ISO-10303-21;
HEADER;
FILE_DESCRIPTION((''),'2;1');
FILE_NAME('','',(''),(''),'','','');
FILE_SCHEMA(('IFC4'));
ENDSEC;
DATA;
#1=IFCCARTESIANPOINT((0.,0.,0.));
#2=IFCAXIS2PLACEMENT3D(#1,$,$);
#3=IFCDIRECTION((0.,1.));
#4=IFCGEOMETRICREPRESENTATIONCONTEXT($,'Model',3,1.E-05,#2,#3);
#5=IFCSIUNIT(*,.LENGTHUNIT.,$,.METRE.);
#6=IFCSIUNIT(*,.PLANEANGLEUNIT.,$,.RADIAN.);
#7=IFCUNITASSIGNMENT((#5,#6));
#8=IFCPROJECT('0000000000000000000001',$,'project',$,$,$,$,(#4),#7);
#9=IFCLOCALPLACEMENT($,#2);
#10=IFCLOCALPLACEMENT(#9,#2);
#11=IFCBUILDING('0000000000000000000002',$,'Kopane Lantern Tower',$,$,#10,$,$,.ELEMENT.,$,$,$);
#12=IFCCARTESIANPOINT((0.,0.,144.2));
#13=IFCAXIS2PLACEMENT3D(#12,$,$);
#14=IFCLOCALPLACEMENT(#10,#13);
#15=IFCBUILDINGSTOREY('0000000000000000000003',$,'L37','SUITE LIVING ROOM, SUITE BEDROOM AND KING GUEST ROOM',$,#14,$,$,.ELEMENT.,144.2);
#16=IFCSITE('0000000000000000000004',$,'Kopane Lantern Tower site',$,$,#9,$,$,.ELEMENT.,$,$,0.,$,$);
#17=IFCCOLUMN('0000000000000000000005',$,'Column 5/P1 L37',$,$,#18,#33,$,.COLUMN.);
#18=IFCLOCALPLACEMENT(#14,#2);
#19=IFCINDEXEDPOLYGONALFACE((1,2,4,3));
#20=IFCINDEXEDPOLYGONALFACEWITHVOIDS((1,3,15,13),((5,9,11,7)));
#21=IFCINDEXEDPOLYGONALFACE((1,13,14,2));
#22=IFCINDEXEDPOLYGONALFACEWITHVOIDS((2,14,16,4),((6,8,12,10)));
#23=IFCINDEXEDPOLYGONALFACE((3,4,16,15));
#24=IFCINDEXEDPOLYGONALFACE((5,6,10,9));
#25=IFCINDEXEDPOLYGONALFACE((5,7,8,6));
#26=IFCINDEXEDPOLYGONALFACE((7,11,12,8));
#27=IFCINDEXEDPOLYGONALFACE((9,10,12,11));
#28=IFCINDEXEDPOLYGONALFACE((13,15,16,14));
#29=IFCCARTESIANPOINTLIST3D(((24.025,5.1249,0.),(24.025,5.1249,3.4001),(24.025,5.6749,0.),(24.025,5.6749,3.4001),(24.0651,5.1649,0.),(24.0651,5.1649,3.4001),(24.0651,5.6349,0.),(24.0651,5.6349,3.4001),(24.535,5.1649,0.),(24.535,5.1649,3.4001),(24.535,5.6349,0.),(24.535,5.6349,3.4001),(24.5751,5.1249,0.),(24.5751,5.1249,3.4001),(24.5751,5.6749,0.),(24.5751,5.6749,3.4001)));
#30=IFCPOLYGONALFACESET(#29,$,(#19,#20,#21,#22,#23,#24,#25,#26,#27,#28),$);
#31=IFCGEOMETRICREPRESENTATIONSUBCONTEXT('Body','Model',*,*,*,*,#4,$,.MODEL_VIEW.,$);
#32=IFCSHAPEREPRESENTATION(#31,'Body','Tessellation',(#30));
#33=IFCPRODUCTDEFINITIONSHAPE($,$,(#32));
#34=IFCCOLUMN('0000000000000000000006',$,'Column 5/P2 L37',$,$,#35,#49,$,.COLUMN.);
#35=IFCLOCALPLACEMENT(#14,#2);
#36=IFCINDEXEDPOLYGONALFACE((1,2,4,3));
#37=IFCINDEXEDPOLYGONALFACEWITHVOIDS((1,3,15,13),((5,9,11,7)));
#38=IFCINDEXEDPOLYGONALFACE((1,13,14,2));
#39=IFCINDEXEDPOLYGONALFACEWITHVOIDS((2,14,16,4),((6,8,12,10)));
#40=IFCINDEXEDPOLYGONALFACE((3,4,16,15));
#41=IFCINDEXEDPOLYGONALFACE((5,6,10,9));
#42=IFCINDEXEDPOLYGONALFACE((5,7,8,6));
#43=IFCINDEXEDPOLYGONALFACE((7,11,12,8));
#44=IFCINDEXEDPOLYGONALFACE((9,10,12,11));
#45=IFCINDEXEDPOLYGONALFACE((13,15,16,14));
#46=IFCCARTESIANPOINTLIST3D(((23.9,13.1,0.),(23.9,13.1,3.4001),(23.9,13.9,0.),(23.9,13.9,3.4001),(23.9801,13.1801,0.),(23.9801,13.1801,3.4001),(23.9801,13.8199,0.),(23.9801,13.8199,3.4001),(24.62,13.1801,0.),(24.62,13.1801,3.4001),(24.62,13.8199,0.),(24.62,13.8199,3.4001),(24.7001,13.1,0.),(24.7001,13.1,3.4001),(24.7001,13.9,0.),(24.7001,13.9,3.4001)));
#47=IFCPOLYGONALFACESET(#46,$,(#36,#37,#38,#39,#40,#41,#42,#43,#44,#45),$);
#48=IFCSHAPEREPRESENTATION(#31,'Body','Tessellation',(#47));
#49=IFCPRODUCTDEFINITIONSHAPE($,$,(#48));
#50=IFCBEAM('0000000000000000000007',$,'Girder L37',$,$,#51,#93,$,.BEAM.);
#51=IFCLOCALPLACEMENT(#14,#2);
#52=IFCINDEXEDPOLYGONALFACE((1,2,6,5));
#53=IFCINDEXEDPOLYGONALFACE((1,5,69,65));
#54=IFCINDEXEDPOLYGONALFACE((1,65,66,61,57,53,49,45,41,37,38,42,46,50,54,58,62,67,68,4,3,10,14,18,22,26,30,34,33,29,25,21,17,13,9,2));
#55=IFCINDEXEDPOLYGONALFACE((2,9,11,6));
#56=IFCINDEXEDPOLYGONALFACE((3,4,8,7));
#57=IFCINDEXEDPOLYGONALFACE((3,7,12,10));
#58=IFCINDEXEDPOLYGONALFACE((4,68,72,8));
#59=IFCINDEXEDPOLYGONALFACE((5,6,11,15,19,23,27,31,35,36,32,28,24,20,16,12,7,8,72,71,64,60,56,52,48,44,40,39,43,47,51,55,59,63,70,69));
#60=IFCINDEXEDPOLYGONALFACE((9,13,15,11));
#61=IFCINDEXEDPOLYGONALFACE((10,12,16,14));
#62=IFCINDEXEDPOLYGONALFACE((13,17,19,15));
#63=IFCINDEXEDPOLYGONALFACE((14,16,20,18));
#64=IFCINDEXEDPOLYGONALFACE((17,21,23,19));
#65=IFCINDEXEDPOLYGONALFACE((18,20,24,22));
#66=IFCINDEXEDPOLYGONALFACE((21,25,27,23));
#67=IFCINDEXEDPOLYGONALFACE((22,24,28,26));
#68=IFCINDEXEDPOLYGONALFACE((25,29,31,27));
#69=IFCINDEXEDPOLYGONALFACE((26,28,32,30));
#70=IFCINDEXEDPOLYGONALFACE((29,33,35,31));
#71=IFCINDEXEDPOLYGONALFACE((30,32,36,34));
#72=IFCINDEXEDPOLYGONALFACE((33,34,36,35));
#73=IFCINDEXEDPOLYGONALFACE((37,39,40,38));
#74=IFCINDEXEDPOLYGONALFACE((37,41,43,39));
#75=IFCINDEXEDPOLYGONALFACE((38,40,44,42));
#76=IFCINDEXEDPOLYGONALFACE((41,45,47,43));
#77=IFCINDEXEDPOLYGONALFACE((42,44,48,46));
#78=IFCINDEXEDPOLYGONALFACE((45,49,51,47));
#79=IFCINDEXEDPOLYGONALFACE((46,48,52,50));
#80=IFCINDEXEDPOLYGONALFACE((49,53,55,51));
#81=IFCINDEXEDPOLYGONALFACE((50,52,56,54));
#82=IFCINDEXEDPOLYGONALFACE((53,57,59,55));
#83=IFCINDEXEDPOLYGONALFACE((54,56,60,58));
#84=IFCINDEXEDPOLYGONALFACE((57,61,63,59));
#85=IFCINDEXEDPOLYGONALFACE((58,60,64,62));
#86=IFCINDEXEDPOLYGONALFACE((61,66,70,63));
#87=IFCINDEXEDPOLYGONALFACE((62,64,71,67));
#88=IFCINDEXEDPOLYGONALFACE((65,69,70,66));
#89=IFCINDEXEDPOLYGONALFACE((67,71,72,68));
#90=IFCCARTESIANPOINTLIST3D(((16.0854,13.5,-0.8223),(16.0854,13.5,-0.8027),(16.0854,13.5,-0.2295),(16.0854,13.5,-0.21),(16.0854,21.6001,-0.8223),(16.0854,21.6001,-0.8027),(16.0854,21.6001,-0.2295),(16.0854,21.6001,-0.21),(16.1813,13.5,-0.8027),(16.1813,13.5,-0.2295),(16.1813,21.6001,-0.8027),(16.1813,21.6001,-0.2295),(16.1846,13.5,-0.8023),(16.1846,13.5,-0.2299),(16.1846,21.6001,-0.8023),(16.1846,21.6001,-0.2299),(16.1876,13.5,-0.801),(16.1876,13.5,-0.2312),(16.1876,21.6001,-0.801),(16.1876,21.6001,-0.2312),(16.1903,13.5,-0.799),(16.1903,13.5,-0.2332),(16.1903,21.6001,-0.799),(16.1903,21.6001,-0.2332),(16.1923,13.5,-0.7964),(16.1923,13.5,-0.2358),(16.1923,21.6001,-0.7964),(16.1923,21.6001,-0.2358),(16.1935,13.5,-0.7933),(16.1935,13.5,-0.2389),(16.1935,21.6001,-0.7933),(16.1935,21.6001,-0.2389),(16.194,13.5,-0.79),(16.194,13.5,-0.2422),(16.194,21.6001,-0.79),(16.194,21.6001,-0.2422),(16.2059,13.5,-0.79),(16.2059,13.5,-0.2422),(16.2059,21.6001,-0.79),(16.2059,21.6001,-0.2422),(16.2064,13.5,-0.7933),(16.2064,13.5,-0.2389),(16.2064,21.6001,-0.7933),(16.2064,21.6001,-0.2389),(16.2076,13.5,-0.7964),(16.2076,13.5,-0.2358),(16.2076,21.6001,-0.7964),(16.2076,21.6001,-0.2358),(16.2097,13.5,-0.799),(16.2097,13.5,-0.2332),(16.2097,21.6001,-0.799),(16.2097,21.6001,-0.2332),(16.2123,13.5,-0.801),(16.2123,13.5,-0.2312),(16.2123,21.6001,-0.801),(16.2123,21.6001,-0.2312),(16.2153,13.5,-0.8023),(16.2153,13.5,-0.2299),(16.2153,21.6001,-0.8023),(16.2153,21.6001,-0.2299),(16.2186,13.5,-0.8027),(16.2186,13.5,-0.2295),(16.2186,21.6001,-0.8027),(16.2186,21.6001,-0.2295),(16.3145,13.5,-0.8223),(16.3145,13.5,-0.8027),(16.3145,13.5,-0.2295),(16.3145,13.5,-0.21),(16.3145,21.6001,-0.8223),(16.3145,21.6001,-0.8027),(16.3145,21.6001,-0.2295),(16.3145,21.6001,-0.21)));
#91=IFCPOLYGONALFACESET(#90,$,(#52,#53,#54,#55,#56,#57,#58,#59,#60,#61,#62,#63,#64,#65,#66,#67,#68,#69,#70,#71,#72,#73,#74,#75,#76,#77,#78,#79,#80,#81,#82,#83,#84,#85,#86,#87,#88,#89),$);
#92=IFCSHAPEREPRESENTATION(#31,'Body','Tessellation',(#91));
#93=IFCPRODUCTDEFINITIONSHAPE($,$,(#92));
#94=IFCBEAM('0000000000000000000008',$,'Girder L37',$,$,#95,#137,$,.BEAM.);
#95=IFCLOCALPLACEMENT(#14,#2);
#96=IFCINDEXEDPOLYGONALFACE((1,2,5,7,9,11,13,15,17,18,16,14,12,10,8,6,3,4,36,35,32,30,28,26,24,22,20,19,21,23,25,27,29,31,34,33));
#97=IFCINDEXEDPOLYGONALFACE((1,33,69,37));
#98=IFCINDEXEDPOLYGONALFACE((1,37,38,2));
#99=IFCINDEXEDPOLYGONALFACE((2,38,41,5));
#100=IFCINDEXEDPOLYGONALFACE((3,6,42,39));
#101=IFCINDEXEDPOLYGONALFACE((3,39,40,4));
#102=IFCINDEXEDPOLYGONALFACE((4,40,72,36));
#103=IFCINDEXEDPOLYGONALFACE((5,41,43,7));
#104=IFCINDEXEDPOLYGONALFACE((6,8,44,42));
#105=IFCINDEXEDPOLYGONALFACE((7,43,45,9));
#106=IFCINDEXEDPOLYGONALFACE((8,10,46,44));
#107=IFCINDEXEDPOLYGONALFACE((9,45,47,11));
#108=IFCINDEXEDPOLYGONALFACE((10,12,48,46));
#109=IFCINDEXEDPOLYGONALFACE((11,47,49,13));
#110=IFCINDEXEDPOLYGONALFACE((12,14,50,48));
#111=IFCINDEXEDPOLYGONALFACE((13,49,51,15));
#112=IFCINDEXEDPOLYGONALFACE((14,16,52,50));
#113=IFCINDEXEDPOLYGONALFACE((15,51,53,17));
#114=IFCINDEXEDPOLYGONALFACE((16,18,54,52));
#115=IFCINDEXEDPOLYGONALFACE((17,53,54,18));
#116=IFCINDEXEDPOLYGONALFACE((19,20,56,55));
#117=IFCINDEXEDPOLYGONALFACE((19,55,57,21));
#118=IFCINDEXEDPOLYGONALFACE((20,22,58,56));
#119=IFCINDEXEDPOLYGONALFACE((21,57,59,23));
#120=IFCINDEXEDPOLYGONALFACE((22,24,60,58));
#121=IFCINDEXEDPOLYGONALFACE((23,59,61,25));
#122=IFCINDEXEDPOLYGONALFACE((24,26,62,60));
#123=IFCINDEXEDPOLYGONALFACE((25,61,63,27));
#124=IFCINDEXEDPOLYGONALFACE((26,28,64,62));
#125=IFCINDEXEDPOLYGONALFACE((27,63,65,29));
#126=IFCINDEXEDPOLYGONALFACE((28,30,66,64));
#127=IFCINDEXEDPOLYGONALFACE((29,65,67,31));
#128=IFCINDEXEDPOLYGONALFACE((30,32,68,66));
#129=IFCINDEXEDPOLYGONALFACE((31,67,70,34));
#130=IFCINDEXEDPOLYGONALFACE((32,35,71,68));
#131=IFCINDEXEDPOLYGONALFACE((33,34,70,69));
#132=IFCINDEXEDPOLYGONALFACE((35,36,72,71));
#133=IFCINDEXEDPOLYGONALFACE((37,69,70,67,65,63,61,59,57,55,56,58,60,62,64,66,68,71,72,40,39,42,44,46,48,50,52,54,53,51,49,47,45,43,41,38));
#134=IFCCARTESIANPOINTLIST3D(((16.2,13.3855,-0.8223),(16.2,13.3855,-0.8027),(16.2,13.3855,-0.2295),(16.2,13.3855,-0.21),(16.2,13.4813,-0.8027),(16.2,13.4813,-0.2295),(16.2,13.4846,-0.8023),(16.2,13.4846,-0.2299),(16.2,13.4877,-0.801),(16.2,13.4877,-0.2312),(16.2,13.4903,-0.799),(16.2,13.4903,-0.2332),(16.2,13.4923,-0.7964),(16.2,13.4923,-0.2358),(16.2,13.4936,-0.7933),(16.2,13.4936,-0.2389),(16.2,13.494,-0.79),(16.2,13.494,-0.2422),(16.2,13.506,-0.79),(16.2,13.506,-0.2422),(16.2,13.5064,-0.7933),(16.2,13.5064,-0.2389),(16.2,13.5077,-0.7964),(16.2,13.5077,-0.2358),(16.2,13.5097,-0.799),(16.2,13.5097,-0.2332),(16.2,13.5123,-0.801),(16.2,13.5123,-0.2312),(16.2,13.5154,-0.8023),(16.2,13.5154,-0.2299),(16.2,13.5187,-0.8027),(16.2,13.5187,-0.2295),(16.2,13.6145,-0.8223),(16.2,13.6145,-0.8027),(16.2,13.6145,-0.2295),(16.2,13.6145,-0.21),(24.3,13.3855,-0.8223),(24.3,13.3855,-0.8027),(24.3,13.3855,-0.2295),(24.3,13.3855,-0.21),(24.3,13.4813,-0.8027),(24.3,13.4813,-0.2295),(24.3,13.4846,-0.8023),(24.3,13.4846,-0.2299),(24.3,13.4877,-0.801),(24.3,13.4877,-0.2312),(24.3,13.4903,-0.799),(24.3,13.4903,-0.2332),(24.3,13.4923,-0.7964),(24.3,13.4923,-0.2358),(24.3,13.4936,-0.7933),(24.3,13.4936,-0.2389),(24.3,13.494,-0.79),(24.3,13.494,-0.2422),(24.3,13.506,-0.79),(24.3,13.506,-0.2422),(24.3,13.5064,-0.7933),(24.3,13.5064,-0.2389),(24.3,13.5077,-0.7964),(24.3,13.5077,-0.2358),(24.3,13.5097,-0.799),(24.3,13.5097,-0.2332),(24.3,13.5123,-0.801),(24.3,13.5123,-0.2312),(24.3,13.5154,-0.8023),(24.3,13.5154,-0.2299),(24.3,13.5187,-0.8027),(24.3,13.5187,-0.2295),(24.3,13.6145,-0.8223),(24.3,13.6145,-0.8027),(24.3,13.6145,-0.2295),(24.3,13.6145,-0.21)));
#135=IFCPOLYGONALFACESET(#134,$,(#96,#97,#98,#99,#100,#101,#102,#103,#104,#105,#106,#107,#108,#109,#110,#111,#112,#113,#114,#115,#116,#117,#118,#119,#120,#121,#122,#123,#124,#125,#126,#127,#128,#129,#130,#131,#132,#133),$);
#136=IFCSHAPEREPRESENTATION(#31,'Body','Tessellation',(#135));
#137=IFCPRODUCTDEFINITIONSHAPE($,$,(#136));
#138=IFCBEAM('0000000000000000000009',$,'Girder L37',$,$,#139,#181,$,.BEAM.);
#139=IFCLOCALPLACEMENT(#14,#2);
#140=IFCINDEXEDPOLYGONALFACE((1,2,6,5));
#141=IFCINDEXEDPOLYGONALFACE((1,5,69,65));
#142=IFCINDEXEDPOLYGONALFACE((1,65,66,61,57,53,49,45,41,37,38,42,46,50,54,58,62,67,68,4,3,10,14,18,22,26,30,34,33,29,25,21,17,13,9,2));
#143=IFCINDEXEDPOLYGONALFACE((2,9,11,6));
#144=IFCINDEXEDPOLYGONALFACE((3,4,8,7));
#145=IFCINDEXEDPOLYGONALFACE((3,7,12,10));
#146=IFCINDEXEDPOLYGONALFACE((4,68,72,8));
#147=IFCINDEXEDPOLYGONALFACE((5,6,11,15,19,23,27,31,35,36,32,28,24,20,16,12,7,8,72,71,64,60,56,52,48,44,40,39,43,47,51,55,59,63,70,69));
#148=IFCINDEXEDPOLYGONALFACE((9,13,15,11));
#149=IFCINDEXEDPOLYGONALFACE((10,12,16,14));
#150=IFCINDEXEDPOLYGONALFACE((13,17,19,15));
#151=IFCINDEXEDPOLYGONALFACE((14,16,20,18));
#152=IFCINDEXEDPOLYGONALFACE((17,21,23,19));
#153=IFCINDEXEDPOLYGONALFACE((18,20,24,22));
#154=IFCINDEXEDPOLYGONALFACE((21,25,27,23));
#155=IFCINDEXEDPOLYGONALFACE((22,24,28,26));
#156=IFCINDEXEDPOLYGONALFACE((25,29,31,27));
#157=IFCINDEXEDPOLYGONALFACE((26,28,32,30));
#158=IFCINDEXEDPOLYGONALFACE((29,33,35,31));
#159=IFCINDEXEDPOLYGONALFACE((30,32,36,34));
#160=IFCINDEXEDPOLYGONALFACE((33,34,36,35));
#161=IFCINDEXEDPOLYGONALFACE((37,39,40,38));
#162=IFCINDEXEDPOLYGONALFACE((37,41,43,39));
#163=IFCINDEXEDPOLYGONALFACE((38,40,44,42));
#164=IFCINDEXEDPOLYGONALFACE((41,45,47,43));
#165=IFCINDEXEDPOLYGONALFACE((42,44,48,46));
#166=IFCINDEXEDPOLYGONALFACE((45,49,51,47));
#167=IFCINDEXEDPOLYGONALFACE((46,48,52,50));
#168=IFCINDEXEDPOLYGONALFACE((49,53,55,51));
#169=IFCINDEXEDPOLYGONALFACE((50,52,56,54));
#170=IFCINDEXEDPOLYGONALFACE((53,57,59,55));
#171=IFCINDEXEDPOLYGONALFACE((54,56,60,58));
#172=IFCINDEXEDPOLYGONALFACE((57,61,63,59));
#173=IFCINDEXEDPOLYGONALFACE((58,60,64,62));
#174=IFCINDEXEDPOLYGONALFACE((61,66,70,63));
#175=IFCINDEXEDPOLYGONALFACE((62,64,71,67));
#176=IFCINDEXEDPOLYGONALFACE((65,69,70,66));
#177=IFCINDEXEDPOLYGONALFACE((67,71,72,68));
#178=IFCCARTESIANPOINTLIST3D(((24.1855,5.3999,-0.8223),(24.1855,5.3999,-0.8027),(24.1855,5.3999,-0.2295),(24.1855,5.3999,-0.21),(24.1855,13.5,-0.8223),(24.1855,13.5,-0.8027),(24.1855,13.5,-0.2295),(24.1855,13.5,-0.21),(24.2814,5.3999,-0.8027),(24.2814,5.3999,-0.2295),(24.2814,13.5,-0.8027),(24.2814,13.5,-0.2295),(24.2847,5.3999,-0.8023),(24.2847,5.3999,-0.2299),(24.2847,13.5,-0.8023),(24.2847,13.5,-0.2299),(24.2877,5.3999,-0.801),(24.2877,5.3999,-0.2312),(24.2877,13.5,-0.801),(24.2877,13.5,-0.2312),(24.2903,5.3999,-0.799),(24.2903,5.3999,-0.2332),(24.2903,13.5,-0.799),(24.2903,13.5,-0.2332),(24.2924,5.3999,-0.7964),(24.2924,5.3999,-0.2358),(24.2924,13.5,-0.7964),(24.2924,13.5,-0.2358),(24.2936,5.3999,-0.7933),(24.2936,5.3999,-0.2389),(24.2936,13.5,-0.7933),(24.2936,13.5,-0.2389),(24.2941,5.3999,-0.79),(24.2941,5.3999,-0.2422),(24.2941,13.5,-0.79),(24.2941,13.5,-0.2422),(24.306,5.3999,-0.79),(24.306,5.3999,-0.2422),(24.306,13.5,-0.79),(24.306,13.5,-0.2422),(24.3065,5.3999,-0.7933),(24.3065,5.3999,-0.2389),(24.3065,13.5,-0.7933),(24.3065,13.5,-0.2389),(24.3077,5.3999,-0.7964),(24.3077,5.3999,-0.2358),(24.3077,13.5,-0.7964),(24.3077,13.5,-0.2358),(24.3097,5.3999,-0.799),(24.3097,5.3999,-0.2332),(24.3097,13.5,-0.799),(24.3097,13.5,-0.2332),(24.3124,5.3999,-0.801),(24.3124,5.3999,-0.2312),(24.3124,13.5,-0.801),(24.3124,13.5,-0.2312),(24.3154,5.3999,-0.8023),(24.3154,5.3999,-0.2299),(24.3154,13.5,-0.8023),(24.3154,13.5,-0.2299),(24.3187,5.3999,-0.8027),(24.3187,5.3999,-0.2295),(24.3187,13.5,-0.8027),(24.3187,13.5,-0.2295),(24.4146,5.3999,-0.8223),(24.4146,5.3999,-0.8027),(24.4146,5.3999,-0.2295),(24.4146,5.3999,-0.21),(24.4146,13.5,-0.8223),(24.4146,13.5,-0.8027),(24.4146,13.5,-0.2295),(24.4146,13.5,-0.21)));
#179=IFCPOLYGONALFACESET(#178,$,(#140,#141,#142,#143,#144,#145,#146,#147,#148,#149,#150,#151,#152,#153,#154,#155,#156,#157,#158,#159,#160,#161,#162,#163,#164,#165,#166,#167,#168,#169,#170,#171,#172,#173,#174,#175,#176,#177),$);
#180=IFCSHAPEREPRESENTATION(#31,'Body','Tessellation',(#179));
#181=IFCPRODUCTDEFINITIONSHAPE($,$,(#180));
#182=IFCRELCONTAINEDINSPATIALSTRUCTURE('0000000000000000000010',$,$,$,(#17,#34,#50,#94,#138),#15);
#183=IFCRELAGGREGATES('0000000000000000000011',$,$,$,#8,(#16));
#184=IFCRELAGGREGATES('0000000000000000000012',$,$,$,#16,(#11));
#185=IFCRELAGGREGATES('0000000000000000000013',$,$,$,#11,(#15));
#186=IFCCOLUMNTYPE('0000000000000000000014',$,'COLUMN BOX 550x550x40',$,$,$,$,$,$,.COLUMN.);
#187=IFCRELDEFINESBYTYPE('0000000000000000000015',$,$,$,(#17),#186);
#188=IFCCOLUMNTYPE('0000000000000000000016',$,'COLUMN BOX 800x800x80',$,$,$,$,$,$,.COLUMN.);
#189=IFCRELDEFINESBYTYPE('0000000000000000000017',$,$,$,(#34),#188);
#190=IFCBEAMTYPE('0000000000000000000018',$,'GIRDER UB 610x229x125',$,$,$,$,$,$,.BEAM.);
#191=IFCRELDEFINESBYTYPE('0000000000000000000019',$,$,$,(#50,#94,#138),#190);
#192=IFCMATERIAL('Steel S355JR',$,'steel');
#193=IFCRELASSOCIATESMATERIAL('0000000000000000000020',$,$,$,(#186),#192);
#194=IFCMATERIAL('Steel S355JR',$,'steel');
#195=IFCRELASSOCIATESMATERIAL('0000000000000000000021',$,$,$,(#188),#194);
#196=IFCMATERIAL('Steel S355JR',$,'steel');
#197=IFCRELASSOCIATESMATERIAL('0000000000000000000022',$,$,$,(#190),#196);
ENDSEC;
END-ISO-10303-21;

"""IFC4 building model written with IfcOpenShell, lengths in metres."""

from ifc_helpers import new_model, si_unit, direction, frame, origin, origin_2d, place, context, subcontext, project, spatial, hollow_rectangle, i_section, extrude, material, material_profile, profile_set, type_object, element, save


model = new_model("IFC4")

# Units and contexts
model_context = context("Model", 3, precision=1e-05, world=origin(), true_north=direction((0.0, 1.0)))
body_context = subcontext(model_context, "Body", "Model", "MODEL_VIEW")
ifc_project = project(units=[si_unit("LENGTHUNIT", "METRE"), si_unit("PLANEANGLEUNIT", "RADIAN")], contexts=[model_context])

# Site, building, storey
site_placement = place(None, origin())
site = spatial("IfcSite", under=ifc_project, at=site_placement, Name="Kopane Lantern Tower site", CompositionType="ELEMENT", RefElevation=0.0)
building_placement = place(site_placement, origin())
building = spatial("IfcBuilding", under=site, at=building_placement, Name="Kopane Lantern Tower", CompositionType="ELEMENT")
storey_placement = place(building_placement, frame((0.0, 0.0, 144.2)))
storey = spatial("IfcBuildingStorey", under=building, at=storey_placement, Name="L37", Description="SUITE LIVING ROOM, SUITE BEDROOM AND KING GUEST ROOM", CompositionType="ELEMENT", Elevation=144.2)

# Columns
ifc_material_1 = material(Name="Steel S355JR", Category="steel")
ifc_material_profile_1 = material_profile(ifc_material_1, hollow_rectangle(XDim=0.55, YDim=0.55, WallThickness=0.04, at=origin_2d()), Name="BOX 550x550x40")
ifc_profile_set_1 = profile_set([ifc_material_profile_1], Name="Steel S355JR")
column_type_1 = type_object("IfcColumnType", Name="COLUMN BOX 550x550x40", PredefinedType="COLUMN", material=ifc_profile_set_1)
column_1_placement = place(storey_placement, frame((24.3, 5.3999, 0.0), z_axis=(0.0, 0.0, 1.0), x_axis=(1.0, 0.0, 0.0)))
element("IfcColumn", 1, at=column_1_placement, inside=storey, type_object=column_type_1, Name="Column 5/P1 L37", PredefinedType="COLUMN", context=body_context, shape_type="SweptSolid", body=[
    extrude(hollow_rectangle(XDim=0.55, YDim=0.55, WallThickness=0.04, at=origin_2d()), origin(), (0.0, 0.0, 1.0), 3.4001),
])
ifc_material_2 = material(Name="Steel S355JR", Category="steel")
ifc_material_profile_2 = material_profile(ifc_material_2, hollow_rectangle(XDim=0.8, YDim=0.8, WallThickness=0.0801, at=origin_2d()), Name="BOX 800x800x80")
ifc_profile_set_2 = profile_set([ifc_material_profile_2], Name="Steel S355JR")
column_type_2 = type_object("IfcColumnType", Name="COLUMN BOX 800x800x80", PredefinedType="COLUMN", material=ifc_profile_set_2)
column_2_placement = place(storey_placement, frame((24.3, 13.5, 0.0), z_axis=(0.0, 0.0, 1.0), x_axis=(1.0, 0.0, 0.0)))
element("IfcColumn", 2, at=column_2_placement, inside=storey, type_object=column_type_2, Name="Column 5/P2 L37", PredefinedType="COLUMN", context=body_context, shape_type="SweptSolid", body=[
    extrude(hollow_rectangle(XDim=0.8, YDim=0.8, WallThickness=0.0801, at=origin_2d()), origin(), (0.0, 0.0, 1.0), 3.4001),
])

# Beams
ifc_material_3 = material(Name="Steel S355JR", Category="steel")
ifc_material_profile_3 = material_profile(ifc_material_3, i_section(OverallWidth=0.229, OverallDepth=0.6123, WebThickness=0.012, FlangeThickness=0.0195, FilletRadius=0.0127, at=origin_2d()), Name="UB 610x229x125")
ifc_profile_set_3 = profile_set([ifc_material_profile_3], Name="Steel S355JR")
beam_type = type_object("IfcBeamType", Name="GIRDER UB 610x229x125", PredefinedType="BEAM", material=ifc_profile_set_3)
for number, where, z_axis, x_axis, name in (
    (3, (16.2, 13.5, -0.5161), (0.0, 1.0, 0.0), (-1.0, 0.0, 0.0), "Girder L37"),
    (4, (16.2, 13.5, -0.5161), (1.0, 0.0, 0.0), (0.0, 1.0, 0.0), "Girder L37"),
    (5, (24.3, 5.3999, -0.5161), (0.0, 1.0, 0.0), (-1.0, 0.0, 0.0), "Girder L37"),
):
    element("IfcBeam", number, at=place(storey_placement, frame(where, z_axis=z_axis, x_axis=x_axis)), inside=storey, type_object=beam_type, Name=name, PredefinedType="BEAM", context=body_context, shape_type="SweptSolid", body=[
        extrude(i_section(OverallWidth=0.229, OverallDepth=0.6123, WebThickness=0.012, FlangeThickness=0.0195, FilletRadius=0.0127, at=origin_2d()), origin(), (0.0, 0.0, 1.0), 8.1001),
    ])

save(model, "model.ifc")
